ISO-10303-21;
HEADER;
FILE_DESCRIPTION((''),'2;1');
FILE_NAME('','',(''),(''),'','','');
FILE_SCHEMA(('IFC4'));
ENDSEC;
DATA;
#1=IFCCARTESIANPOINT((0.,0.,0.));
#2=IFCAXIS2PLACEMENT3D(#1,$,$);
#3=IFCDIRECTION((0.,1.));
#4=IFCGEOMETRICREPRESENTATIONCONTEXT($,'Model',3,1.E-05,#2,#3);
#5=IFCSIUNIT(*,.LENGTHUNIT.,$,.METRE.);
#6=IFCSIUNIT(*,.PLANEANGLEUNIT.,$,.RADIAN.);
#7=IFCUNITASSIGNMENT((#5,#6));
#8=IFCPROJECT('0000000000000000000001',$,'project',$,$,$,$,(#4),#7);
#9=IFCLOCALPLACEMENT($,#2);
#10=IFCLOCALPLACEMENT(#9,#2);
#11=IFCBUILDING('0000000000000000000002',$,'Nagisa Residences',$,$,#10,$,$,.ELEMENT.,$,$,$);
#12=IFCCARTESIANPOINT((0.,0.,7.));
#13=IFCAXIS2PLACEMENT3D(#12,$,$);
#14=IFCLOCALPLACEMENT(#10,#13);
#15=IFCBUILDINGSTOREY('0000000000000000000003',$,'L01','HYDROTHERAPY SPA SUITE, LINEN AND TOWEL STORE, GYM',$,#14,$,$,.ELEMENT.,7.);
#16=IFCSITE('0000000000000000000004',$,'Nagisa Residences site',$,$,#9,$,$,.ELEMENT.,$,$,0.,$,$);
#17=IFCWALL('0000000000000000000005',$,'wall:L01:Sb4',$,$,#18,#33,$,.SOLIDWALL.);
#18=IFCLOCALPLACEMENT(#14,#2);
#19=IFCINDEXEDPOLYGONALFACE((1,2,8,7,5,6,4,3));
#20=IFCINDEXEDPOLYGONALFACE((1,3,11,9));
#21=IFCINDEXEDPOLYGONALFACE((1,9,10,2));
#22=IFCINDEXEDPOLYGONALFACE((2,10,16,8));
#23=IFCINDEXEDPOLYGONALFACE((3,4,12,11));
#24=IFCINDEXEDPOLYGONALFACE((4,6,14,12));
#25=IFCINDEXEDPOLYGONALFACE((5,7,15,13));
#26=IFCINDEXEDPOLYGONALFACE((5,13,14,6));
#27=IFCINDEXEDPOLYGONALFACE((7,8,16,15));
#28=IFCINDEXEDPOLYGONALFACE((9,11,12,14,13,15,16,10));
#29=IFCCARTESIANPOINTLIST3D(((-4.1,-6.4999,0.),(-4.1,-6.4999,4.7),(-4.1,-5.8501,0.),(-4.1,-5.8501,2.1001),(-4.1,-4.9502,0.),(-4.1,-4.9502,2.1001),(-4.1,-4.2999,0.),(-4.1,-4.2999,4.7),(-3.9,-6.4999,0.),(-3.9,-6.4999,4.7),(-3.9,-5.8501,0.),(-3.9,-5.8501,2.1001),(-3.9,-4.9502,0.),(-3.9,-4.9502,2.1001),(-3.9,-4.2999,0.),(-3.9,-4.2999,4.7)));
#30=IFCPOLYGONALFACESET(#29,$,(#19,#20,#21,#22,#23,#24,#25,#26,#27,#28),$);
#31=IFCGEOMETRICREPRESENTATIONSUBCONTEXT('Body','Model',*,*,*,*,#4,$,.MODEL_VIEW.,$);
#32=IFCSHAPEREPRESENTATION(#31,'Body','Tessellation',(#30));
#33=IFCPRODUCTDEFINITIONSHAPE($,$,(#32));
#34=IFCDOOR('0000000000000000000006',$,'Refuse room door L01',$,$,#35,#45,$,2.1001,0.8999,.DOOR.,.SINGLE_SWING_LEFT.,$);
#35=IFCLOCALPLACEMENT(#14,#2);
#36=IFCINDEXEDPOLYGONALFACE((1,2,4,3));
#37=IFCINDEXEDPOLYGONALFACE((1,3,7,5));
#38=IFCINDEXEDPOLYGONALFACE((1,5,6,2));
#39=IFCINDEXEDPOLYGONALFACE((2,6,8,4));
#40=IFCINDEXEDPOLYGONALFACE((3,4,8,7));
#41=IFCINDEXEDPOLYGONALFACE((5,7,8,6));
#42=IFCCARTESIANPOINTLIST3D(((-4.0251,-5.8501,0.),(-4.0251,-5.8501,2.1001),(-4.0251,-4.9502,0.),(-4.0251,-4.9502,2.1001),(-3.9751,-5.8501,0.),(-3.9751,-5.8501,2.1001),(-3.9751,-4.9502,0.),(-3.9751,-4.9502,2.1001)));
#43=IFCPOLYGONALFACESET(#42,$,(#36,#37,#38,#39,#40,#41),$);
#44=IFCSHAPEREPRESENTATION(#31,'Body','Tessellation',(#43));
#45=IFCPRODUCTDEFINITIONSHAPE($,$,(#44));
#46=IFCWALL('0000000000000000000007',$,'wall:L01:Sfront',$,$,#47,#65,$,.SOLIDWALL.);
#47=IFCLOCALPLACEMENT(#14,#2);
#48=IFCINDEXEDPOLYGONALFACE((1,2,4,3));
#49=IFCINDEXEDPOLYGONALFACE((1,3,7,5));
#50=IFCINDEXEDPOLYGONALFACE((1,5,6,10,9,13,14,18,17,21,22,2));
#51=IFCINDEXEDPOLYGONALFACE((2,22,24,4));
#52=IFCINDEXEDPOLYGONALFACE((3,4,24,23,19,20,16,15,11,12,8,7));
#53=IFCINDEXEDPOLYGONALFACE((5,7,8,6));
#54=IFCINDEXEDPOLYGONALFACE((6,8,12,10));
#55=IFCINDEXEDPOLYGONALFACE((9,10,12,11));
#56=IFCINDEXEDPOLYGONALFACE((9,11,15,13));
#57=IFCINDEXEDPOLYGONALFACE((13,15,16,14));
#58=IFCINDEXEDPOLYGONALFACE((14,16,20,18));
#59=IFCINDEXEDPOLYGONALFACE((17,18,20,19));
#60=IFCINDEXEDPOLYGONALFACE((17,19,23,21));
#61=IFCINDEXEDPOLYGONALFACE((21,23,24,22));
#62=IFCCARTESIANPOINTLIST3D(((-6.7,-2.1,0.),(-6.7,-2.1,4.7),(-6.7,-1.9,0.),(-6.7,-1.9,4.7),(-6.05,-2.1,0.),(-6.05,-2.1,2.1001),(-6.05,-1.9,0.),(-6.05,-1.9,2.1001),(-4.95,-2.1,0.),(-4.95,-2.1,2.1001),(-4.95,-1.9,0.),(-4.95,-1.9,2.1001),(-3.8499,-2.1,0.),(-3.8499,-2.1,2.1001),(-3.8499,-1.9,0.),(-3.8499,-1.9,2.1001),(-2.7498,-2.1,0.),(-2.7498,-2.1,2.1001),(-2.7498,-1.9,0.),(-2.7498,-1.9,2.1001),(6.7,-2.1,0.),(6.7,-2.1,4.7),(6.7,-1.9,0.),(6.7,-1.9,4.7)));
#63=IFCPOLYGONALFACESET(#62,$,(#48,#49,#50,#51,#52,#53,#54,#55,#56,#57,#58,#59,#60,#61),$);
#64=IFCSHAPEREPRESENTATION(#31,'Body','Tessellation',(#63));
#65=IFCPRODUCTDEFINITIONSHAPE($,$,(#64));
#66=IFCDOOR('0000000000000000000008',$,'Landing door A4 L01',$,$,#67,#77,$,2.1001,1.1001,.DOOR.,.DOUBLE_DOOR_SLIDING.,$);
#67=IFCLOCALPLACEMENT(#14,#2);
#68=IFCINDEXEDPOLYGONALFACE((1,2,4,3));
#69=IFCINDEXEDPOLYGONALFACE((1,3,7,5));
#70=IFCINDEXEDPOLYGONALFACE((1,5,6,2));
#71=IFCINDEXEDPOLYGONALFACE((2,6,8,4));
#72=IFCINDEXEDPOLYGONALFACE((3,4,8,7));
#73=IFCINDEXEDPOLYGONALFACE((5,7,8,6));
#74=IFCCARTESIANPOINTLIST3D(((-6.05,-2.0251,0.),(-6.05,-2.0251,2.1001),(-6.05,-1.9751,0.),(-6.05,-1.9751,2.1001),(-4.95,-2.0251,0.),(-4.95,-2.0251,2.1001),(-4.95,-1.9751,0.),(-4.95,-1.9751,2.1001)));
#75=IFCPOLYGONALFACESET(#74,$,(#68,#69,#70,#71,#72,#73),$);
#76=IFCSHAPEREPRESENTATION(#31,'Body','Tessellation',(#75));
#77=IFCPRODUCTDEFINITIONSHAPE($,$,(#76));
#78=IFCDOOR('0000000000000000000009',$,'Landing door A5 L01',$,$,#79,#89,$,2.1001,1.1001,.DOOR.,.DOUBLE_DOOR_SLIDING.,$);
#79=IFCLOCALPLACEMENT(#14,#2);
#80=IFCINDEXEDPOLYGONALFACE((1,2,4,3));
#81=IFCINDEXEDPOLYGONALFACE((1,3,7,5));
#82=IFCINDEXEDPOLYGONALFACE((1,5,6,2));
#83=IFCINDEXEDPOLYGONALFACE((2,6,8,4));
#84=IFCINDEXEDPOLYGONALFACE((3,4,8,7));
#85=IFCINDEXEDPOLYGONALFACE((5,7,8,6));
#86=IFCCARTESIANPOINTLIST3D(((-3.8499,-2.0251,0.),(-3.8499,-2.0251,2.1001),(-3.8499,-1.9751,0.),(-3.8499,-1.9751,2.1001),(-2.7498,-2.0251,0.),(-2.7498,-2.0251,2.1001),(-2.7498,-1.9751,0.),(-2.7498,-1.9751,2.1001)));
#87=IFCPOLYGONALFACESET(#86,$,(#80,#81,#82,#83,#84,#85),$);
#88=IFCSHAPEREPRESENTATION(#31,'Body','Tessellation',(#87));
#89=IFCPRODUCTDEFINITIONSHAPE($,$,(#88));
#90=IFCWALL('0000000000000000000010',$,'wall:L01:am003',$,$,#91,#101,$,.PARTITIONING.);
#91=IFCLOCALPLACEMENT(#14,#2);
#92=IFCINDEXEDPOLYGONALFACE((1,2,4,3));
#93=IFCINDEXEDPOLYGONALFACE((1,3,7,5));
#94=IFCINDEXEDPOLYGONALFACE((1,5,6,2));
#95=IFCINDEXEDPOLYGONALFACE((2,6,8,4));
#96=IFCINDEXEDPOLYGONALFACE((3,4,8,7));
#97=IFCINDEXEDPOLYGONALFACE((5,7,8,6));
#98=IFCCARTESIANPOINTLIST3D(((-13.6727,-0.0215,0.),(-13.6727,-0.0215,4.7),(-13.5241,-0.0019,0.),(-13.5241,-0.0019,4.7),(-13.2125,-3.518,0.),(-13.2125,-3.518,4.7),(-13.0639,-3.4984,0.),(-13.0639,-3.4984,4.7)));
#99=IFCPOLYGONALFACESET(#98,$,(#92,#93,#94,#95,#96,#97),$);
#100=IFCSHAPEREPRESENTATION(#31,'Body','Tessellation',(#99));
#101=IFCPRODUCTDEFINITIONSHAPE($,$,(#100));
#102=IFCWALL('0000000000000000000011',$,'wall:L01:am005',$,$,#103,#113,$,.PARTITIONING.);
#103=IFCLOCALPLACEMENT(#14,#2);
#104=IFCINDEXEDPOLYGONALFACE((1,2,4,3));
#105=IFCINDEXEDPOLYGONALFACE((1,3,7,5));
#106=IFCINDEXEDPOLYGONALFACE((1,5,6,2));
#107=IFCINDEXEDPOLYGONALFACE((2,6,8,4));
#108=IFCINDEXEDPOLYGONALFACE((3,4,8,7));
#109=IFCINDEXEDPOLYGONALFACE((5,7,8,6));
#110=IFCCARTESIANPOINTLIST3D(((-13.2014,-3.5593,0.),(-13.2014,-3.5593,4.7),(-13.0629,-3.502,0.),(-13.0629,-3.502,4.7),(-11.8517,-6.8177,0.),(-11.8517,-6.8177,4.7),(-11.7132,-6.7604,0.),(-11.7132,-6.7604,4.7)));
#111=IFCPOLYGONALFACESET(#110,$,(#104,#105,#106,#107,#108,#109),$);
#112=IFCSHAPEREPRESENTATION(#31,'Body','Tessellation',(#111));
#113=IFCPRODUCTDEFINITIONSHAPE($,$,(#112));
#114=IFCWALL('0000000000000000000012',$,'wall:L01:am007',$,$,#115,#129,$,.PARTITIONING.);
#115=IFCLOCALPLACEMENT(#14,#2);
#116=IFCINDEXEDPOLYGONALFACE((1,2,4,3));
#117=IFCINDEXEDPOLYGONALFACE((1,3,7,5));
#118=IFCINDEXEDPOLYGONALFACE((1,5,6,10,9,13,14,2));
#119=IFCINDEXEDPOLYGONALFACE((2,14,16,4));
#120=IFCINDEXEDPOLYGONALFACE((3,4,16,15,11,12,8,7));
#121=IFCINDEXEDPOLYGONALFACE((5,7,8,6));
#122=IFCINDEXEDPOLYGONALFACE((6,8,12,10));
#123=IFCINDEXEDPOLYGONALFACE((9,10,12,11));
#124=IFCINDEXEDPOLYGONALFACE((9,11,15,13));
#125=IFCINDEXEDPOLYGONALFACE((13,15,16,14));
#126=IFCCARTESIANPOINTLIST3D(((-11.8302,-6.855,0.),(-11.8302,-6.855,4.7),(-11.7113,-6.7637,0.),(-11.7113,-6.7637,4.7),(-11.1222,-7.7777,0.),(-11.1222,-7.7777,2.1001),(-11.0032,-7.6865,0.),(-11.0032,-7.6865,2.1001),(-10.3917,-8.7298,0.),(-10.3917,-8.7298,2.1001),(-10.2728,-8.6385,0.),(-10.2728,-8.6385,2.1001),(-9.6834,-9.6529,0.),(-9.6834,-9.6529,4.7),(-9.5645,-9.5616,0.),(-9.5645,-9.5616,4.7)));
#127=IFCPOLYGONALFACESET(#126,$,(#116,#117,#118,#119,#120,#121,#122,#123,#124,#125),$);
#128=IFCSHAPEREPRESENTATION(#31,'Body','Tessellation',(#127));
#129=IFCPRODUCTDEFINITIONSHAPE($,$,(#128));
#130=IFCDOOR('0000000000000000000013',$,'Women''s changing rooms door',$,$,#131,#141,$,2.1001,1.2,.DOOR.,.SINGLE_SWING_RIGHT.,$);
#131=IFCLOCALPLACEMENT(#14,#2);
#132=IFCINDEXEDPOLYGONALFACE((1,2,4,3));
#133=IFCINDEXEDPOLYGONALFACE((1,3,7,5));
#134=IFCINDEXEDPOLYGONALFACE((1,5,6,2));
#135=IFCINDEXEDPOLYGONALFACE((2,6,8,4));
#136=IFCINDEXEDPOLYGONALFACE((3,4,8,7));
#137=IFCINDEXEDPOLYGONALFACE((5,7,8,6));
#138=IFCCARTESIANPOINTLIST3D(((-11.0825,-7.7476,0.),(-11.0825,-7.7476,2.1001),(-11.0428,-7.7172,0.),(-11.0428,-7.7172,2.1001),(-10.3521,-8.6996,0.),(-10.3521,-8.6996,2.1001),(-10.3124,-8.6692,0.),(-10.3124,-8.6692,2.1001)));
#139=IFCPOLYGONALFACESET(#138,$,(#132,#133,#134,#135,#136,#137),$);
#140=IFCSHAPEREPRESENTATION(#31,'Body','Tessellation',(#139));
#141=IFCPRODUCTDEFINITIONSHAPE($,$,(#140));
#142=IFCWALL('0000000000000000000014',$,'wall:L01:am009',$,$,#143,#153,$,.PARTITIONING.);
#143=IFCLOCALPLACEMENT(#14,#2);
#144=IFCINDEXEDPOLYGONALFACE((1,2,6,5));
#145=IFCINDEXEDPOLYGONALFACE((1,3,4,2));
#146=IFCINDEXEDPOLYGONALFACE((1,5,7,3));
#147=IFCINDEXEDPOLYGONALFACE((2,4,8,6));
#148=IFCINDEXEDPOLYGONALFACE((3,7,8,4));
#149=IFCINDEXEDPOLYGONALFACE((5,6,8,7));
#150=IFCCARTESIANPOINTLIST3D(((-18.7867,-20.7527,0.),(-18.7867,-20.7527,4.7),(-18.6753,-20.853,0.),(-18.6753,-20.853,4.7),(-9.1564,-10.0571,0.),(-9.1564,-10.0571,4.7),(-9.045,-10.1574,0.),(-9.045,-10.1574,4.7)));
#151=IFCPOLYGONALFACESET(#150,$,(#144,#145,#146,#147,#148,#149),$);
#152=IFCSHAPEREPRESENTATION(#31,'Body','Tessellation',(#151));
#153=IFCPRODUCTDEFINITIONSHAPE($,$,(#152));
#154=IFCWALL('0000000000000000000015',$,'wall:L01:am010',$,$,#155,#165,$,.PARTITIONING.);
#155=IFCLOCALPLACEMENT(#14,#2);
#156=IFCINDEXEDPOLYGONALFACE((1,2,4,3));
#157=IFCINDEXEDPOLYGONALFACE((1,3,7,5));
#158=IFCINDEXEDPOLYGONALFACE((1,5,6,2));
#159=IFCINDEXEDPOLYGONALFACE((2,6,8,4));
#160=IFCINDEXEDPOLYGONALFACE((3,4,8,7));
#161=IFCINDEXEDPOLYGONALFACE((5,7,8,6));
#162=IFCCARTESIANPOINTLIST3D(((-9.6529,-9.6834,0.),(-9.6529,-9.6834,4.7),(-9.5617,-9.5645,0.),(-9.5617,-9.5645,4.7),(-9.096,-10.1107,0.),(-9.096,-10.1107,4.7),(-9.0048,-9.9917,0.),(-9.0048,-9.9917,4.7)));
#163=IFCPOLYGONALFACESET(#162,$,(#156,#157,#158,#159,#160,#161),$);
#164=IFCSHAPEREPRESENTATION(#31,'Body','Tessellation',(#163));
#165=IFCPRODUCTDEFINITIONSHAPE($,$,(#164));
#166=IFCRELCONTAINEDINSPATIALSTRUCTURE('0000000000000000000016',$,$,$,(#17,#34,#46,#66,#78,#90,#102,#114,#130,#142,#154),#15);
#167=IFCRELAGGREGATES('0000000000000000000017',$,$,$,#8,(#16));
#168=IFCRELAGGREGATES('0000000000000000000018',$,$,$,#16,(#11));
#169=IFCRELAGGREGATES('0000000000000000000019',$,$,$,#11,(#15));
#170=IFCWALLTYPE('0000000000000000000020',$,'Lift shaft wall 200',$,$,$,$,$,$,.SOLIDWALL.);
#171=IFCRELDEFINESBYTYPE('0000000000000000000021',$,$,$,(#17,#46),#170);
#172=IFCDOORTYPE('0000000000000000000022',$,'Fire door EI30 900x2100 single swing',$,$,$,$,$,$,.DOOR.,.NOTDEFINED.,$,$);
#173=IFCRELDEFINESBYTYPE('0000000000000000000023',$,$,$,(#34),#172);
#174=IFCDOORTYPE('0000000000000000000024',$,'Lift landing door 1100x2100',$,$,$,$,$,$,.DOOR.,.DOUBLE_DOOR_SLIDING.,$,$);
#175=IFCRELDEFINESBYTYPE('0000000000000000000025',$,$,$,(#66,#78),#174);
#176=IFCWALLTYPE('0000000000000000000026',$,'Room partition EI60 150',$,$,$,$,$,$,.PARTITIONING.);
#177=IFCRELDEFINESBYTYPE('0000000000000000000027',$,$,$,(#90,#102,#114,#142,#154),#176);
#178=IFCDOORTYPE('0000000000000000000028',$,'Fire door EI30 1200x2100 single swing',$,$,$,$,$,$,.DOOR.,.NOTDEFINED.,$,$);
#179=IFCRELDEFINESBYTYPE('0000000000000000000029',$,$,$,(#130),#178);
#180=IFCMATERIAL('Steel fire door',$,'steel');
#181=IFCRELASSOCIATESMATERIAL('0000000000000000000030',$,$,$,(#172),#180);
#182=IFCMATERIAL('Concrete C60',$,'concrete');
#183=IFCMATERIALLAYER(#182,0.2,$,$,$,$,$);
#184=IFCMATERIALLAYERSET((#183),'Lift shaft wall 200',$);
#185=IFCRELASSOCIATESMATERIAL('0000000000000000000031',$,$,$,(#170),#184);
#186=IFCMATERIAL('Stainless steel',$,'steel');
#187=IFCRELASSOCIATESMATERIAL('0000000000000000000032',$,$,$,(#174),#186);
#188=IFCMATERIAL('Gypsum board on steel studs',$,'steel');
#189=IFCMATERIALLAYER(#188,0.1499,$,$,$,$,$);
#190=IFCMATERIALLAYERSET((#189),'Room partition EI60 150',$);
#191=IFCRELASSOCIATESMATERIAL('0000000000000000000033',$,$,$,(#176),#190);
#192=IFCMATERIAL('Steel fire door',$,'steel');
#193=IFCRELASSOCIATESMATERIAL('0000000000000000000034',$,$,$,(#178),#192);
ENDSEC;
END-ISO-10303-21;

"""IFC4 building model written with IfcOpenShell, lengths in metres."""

from ifc_helpers import new_model, si_unit, direction, frame, frame_2d, origin, place, context, subcontext, project, spatial, rectangle, extrude, material, layer, layer_set, type_object, element, fill, save


model = new_model("IFC4")

# Units and contexts
model_context = context("Model", 3, precision=1e-05, world=origin(), true_north=direction((0.0, 1.0)))
body_context = subcontext(model_context, "Body", "Model", "MODEL_VIEW")
ifc_project = project(units=[si_unit("LENGTHUNIT", "METRE"), si_unit("PLANEANGLEUNIT", "RADIAN")], contexts=[model_context])

# Site, building, storey
site_placement = place(None, origin())
site = spatial("IfcSite", under=ifc_project, at=site_placement, Name="Nagisa Residences site", CompositionType="ELEMENT", RefElevation=0.0)
building_placement = place(site_placement, origin())
building = spatial("IfcBuilding", under=site, at=building_placement, Name="Nagisa Residences", CompositionType="ELEMENT")
storey_placement = place(building_placement, frame((0.0, 0.0, 7.0)))
storey = spatial("IfcBuildingStorey", under=building, at=storey_placement, Name="L01", Description="HYDROTHERAPY SPA SUITE, LINEN AND TOWEL STORE, GYM", CompositionType="ELEMENT", Elevation=7.0)

# Shared definitions
ifc_material_1 = material(Name="Steel fire door", Category="steel")
door_type_1 = type_object("IfcDoorType", Name="Fire door EI30 900x2100 single swing", OperationType="NOTDEFINED", PredefinedType="DOOR", material=ifc_material_1)

# Wall, opening, door
ifc_material_2 = material(Name="Concrete C60", Category="concrete")
ifc_layer_1 = layer(ifc_material_2, 0.2)
ifc_layer_set_1 = layer_set([ifc_layer_1], Name="Lift shaft wall 200")
wall_type_1 = type_object("IfcWallType", Name="Lift shaft wall 200", PredefinedType="SOLIDWALL", material=ifc_layer_set_1)
wall_1_placement = place(storey_placement, frame((-4.0, -6.5, 0.0), z_axis=(0.0, 0.0, 1.0), x_axis=(0.0, 1.0, 0.0)))
wall_1 = element("IfcWall", 1, at=wall_1_placement, inside=storey, type_object=wall_type_1, Name="wall:L01:Sb4", PredefinedType="SOLIDWALL", context=body_context, shape_type="SweptSolid", body=[
    extrude(rectangle(XDim=2.2, YDim=0.2, at=frame_2d((1.1001, 0.0))), origin(), (0.0, 0.0, 1.0), 4.7),
])
opening_1_placement = place(wall_1_placement, frame((0.6499, 0.0, 0.0)))
opening_1 = element("IfcOpeningElement", 2, at=opening_1_placement, cuts=wall_1, PredefinedType="OPENING", context=body_context, shape_type="SweptSolid", body=[
    extrude(rectangle(XDim=0.8999, YDim=2.1001, at=frame_2d((0.45, 1.05))), frame((0.0, 0.1099, 0.0), z_axis=(0.0, -1.0, 0.0), x_axis=(1.0, 0.0, 0.0)), (0.0, 0.0, 1.0), 0.22),
])
door_1_placement = place(opening_1_placement, frame((0.8999, 0.0, 0.0), x_axis=(-1.0, 0.0, 0.0)))
door_1 = element("IfcDoor", 3, at=door_1_placement, inside=storey, type_object=door_type_1, Name="Refuse room door L01", OperationType="SINGLE_SWING_LEFT", OverallHeight=2.1001, OverallWidth=0.8999, PredefinedType="DOOR", context=body_context, shape_type="SweptSolid", body=[
    extrude(rectangle(XDim=0.8999, YDim=2.1001, at=frame_2d((0.45, 1.05))), frame((0.0, 0.0249, 0.0), z_axis=(0.0, -1.0, 0.0), x_axis=(1.0, 0.0, 0.0)), (0.0, 0.0, 1.0), 0.05),
])
fill(opening_1, door_1)

# Wall, openings, doors
wall_2_placement = place(storey_placement, frame((-6.7, -2.0, 0.0), z_axis=(0.0, 0.0, 1.0), x_axis=(1.0, 0.0, 0.0)))
wall_2 = element("IfcWall", 4, at=wall_2_placement, inside=storey, type_object=wall_type_1, Name="wall:L01:Sfront", PredefinedType="SOLIDWALL", context=body_context, shape_type="SweptSolid", body=[
    extrude(rectangle(XDim=13.3999, YDim=0.2, at=frame_2d((6.7, 0.0))), origin(), (0.0, 0.0, 1.0), 4.7),
])
opening_2_placement = place(wall_2_placement, frame((0.6499, 0.0, 0.0)))
opening_2 = element("IfcOpeningElement", 5, at=opening_2_placement, cuts=wall_2, PredefinedType="OPENING", context=body_context, shape_type="SweptSolid", body=[
    extrude(rectangle(XDim=1.1001, YDim=2.1001, at=frame_2d((0.55, 1.05))), frame((0.0, 0.1099, 0.0), z_axis=(0.0, -1.0, 0.0), x_axis=(1.0, 0.0, 0.0)), (0.0, 0.0, 1.0), 0.22),
])
opening_3_placement = place(wall_2_placement, frame((2.8501, 0.0, 0.0)))
opening_3 = element("IfcOpeningElement", 6, at=opening_3_placement, cuts=wall_2, PredefinedType="OPENING", context=body_context, shape_type="SweptSolid", body=[
    extrude(rectangle(XDim=1.1001, YDim=2.1001, at=frame_2d((0.55, 1.05))), frame((0.0, 0.1099, 0.0), z_axis=(0.0, -1.0, 0.0), x_axis=(1.0, 0.0, 0.0)), (0.0, 0.0, 1.0), 0.22),
])
ifc_material_3 = material(Name="Stainless steel", Category="steel")
door_type_2 = type_object("IfcDoorType", Name="Lift landing door 1100x2100", OperationType="DOUBLE_DOOR_SLIDING", PredefinedType="DOOR", material=ifc_material_3)
door_2_placement = place(opening_2_placement, origin())
door_2 = element("IfcDoor", 7, at=door_2_placement, inside=storey, type_object=door_type_2, Name="Landing door A4 L01", OperationType="DOUBLE_DOOR_SLIDING", OverallHeight=2.1001, OverallWidth=1.1001, PredefinedType="DOOR", context=body_context, shape_type="SweptSolid", body=[
    extrude(rectangle(XDim=1.1001, YDim=2.1001, at=frame_2d((0.55, 1.05))), frame((0.0, 0.0249, 0.0), z_axis=(0.0, -1.0, 0.0), x_axis=(1.0, 0.0, 0.0)), (0.0, 0.0, 1.0), 0.05),
])
fill(opening_2, door_2)
door_3_placement = place(opening_3_placement, origin())
door_3 = element("IfcDoor", 8, at=door_3_placement, inside=storey, type_object=door_type_2, Name="Landing door A5 L01", OperationType="DOUBLE_DOOR_SLIDING", OverallHeight=2.1001, OverallWidth=1.1001, PredefinedType="DOOR", context=body_context, shape_type="SweptSolid", body=[
    extrude(rectangle(XDim=1.1001, YDim=2.1001, at=frame_2d((0.55, 1.05))), frame((0.0, 0.0249, 0.0), z_axis=(0.0, -1.0, 0.0), x_axis=(1.0, 0.0, 0.0)), (0.0, 0.0, 1.0), 0.05),
])
fill(opening_3, door_3)

# Walls
ifc_material_4 = material(Name="Gypsum board on steel studs", Category="steel")
ifc_layer_2 = layer(ifc_material_4, 0.1499)
ifc_layer_set_2 = layer_set([ifc_layer_2], Name="Room partition EI60 150")
wall_type_2 = type_object("IfcWallType", Name="Room partition EI60 150", PredefinedType="PARTITIONING", material=ifc_layer_set_2)
wall_3_placement = place(storey_placement, frame((-13.1382, -3.5081, 0.0), z_axis=(0.0, 0.0, 1.0), x_axis=(-0.130499, 0.991448, 0.0)))
element("IfcWall", 9, at=wall_3_placement, inside=storey, type_object=wall_type_2, Name="wall:L01:am003", PredefinedType="PARTITIONING", context=body_context, shape_type="SweptSolid", body=[
    extrude(rectangle(XDim=3.5266, YDim=0.1499, at=frame_2d((1.7632, 0.0))), origin(), (0.0, 0.0, 1.0), 4.7),
])
wall_4_placement = place(storey_placement, frame((-11.7825, -6.7891, 0.0), z_axis=(0.0, 0.0, 1.0), x_axis=(-0.382678, 0.923882, 0.0)))
element("IfcWall", 10, at=wall_4_placement, inside=storey, type_object=wall_type_2, Name="wall:L01:am005", PredefinedType="PARTITIONING", context=body_context, shape_type="SweptSolid", body=[
    extrude(rectangle(XDim=3.5269, YDim=0.1499, at=frame_2d((1.7634, 0.0))), origin(), (0.0, 0.0, 1.0), 4.7),
])

# Wall, opening, door
wall_5_placement = place(storey_placement, frame((-9.624, -9.6072, 0.0), z_axis=(0.0, 0.0, 1.0), x_axis=(-0.608737, 0.793372, 0.0)))
wall_5 = element("IfcWall", 11, at=wall_5_placement, inside=storey, type_object=wall_type_2, Name="wall:L01:am007", PredefinedType="PARTITIONING", context=body_context, shape_type="SweptSolid", body=[
    extrude(rectangle(XDim=3.5266, YDim=0.1499, at=frame_2d((1.7632, 0.0))), origin(), (0.0, 0.0, 1.0), 4.7),
])
opening_4_placement = place(wall_5_placement, frame((1.1633, 0.0, 0.0)))
opening_4 = element("IfcOpeningElement", 12, at=opening_4_placement, cuts=wall_5, PredefinedType="OPENING", context=body_context, shape_type="SweptSolid", body=[
    extrude(rectangle(XDim=1.2, YDim=2.1001, at=frame_2d((0.6001, 1.05))), frame((0.0, 0.085, 0.0), z_axis=(0.0, -1.0, 0.0), x_axis=(1.0, 0.0, 0.0)), (0.0, 0.0, 1.0), 0.1699),
])
ifc_material_5 = material(Name="Steel fire door", Category="steel")
door_type_3 = type_object("IfcDoorType", Name="Fire door EI30 1200x2100 single swing", OperationType="NOTDEFINED", PredefinedType="DOOR", material=ifc_material_5)
door_4_placement = place(opening_4_placement, frame((1.2, 0.0, 0.0), x_axis=(-1.0, 0.0, 0.0)))
door_4 = element("IfcDoor", 13, at=door_4_placement, inside=storey, type_object=door_type_3, Name="Women's changing rooms door", OperationType="SINGLE_SWING_RIGHT", OverallHeight=2.1001, OverallWidth=1.2, PredefinedType="DOOR", context=body_context, shape_type="SweptSolid", body=[
    extrude(rectangle(XDim=1.2, YDim=2.1001, at=frame_2d((0.6001, 1.05))), frame((0.0, 0.0249, 0.0), z_axis=(0.0, -1.0, 0.0), x_axis=(1.0, 0.0, 0.0)), (0.0, 0.0, 1.0), 0.05),
])
fill(opening_4, door_4)

# Walls
wall_6_placement = place(storey_placement, frame((-9.1006, -10.1072, 0.0), z_axis=(0.0, 0.0, 1.0), x_axis=(-0.669132, -0.743143, 0.0)))
element("IfcWall", 14, at=wall_6_placement, inside=storey, type_object=wall_type_2, Name="wall:L01:am009", PredefinedType="PARTITIONING", context=body_context, shape_type="SweptSolid", body=[
    extrude(rectangle(XDim=14.3923, YDim=0.1499, at=frame_2d((7.1963, 0.0))), origin(), (0.0, 0.0, 1.0), 4.7),
])
wall_7_placement = place(storey_placement, frame((-9.0503, -10.0513, 0.0), z_axis=(0.0, 0.0, 1.0), x_axis=(-0.793399, 0.608702, 0.0)))
element("IfcWall", 15, at=wall_7_placement, inside=storey, type_object=wall_type_2, Name="wall:L01:am010", PredefinedType="PARTITIONING", context=body_context, shape_type="SweptSolid", body=[
    extrude(rectangle(XDim=0.7019, YDim=0.1499, at=frame_2d((0.3511, 0.0))), origin(), (0.0, 0.0, 1.0), 4.7),
])

save(model, "model.ifc")
